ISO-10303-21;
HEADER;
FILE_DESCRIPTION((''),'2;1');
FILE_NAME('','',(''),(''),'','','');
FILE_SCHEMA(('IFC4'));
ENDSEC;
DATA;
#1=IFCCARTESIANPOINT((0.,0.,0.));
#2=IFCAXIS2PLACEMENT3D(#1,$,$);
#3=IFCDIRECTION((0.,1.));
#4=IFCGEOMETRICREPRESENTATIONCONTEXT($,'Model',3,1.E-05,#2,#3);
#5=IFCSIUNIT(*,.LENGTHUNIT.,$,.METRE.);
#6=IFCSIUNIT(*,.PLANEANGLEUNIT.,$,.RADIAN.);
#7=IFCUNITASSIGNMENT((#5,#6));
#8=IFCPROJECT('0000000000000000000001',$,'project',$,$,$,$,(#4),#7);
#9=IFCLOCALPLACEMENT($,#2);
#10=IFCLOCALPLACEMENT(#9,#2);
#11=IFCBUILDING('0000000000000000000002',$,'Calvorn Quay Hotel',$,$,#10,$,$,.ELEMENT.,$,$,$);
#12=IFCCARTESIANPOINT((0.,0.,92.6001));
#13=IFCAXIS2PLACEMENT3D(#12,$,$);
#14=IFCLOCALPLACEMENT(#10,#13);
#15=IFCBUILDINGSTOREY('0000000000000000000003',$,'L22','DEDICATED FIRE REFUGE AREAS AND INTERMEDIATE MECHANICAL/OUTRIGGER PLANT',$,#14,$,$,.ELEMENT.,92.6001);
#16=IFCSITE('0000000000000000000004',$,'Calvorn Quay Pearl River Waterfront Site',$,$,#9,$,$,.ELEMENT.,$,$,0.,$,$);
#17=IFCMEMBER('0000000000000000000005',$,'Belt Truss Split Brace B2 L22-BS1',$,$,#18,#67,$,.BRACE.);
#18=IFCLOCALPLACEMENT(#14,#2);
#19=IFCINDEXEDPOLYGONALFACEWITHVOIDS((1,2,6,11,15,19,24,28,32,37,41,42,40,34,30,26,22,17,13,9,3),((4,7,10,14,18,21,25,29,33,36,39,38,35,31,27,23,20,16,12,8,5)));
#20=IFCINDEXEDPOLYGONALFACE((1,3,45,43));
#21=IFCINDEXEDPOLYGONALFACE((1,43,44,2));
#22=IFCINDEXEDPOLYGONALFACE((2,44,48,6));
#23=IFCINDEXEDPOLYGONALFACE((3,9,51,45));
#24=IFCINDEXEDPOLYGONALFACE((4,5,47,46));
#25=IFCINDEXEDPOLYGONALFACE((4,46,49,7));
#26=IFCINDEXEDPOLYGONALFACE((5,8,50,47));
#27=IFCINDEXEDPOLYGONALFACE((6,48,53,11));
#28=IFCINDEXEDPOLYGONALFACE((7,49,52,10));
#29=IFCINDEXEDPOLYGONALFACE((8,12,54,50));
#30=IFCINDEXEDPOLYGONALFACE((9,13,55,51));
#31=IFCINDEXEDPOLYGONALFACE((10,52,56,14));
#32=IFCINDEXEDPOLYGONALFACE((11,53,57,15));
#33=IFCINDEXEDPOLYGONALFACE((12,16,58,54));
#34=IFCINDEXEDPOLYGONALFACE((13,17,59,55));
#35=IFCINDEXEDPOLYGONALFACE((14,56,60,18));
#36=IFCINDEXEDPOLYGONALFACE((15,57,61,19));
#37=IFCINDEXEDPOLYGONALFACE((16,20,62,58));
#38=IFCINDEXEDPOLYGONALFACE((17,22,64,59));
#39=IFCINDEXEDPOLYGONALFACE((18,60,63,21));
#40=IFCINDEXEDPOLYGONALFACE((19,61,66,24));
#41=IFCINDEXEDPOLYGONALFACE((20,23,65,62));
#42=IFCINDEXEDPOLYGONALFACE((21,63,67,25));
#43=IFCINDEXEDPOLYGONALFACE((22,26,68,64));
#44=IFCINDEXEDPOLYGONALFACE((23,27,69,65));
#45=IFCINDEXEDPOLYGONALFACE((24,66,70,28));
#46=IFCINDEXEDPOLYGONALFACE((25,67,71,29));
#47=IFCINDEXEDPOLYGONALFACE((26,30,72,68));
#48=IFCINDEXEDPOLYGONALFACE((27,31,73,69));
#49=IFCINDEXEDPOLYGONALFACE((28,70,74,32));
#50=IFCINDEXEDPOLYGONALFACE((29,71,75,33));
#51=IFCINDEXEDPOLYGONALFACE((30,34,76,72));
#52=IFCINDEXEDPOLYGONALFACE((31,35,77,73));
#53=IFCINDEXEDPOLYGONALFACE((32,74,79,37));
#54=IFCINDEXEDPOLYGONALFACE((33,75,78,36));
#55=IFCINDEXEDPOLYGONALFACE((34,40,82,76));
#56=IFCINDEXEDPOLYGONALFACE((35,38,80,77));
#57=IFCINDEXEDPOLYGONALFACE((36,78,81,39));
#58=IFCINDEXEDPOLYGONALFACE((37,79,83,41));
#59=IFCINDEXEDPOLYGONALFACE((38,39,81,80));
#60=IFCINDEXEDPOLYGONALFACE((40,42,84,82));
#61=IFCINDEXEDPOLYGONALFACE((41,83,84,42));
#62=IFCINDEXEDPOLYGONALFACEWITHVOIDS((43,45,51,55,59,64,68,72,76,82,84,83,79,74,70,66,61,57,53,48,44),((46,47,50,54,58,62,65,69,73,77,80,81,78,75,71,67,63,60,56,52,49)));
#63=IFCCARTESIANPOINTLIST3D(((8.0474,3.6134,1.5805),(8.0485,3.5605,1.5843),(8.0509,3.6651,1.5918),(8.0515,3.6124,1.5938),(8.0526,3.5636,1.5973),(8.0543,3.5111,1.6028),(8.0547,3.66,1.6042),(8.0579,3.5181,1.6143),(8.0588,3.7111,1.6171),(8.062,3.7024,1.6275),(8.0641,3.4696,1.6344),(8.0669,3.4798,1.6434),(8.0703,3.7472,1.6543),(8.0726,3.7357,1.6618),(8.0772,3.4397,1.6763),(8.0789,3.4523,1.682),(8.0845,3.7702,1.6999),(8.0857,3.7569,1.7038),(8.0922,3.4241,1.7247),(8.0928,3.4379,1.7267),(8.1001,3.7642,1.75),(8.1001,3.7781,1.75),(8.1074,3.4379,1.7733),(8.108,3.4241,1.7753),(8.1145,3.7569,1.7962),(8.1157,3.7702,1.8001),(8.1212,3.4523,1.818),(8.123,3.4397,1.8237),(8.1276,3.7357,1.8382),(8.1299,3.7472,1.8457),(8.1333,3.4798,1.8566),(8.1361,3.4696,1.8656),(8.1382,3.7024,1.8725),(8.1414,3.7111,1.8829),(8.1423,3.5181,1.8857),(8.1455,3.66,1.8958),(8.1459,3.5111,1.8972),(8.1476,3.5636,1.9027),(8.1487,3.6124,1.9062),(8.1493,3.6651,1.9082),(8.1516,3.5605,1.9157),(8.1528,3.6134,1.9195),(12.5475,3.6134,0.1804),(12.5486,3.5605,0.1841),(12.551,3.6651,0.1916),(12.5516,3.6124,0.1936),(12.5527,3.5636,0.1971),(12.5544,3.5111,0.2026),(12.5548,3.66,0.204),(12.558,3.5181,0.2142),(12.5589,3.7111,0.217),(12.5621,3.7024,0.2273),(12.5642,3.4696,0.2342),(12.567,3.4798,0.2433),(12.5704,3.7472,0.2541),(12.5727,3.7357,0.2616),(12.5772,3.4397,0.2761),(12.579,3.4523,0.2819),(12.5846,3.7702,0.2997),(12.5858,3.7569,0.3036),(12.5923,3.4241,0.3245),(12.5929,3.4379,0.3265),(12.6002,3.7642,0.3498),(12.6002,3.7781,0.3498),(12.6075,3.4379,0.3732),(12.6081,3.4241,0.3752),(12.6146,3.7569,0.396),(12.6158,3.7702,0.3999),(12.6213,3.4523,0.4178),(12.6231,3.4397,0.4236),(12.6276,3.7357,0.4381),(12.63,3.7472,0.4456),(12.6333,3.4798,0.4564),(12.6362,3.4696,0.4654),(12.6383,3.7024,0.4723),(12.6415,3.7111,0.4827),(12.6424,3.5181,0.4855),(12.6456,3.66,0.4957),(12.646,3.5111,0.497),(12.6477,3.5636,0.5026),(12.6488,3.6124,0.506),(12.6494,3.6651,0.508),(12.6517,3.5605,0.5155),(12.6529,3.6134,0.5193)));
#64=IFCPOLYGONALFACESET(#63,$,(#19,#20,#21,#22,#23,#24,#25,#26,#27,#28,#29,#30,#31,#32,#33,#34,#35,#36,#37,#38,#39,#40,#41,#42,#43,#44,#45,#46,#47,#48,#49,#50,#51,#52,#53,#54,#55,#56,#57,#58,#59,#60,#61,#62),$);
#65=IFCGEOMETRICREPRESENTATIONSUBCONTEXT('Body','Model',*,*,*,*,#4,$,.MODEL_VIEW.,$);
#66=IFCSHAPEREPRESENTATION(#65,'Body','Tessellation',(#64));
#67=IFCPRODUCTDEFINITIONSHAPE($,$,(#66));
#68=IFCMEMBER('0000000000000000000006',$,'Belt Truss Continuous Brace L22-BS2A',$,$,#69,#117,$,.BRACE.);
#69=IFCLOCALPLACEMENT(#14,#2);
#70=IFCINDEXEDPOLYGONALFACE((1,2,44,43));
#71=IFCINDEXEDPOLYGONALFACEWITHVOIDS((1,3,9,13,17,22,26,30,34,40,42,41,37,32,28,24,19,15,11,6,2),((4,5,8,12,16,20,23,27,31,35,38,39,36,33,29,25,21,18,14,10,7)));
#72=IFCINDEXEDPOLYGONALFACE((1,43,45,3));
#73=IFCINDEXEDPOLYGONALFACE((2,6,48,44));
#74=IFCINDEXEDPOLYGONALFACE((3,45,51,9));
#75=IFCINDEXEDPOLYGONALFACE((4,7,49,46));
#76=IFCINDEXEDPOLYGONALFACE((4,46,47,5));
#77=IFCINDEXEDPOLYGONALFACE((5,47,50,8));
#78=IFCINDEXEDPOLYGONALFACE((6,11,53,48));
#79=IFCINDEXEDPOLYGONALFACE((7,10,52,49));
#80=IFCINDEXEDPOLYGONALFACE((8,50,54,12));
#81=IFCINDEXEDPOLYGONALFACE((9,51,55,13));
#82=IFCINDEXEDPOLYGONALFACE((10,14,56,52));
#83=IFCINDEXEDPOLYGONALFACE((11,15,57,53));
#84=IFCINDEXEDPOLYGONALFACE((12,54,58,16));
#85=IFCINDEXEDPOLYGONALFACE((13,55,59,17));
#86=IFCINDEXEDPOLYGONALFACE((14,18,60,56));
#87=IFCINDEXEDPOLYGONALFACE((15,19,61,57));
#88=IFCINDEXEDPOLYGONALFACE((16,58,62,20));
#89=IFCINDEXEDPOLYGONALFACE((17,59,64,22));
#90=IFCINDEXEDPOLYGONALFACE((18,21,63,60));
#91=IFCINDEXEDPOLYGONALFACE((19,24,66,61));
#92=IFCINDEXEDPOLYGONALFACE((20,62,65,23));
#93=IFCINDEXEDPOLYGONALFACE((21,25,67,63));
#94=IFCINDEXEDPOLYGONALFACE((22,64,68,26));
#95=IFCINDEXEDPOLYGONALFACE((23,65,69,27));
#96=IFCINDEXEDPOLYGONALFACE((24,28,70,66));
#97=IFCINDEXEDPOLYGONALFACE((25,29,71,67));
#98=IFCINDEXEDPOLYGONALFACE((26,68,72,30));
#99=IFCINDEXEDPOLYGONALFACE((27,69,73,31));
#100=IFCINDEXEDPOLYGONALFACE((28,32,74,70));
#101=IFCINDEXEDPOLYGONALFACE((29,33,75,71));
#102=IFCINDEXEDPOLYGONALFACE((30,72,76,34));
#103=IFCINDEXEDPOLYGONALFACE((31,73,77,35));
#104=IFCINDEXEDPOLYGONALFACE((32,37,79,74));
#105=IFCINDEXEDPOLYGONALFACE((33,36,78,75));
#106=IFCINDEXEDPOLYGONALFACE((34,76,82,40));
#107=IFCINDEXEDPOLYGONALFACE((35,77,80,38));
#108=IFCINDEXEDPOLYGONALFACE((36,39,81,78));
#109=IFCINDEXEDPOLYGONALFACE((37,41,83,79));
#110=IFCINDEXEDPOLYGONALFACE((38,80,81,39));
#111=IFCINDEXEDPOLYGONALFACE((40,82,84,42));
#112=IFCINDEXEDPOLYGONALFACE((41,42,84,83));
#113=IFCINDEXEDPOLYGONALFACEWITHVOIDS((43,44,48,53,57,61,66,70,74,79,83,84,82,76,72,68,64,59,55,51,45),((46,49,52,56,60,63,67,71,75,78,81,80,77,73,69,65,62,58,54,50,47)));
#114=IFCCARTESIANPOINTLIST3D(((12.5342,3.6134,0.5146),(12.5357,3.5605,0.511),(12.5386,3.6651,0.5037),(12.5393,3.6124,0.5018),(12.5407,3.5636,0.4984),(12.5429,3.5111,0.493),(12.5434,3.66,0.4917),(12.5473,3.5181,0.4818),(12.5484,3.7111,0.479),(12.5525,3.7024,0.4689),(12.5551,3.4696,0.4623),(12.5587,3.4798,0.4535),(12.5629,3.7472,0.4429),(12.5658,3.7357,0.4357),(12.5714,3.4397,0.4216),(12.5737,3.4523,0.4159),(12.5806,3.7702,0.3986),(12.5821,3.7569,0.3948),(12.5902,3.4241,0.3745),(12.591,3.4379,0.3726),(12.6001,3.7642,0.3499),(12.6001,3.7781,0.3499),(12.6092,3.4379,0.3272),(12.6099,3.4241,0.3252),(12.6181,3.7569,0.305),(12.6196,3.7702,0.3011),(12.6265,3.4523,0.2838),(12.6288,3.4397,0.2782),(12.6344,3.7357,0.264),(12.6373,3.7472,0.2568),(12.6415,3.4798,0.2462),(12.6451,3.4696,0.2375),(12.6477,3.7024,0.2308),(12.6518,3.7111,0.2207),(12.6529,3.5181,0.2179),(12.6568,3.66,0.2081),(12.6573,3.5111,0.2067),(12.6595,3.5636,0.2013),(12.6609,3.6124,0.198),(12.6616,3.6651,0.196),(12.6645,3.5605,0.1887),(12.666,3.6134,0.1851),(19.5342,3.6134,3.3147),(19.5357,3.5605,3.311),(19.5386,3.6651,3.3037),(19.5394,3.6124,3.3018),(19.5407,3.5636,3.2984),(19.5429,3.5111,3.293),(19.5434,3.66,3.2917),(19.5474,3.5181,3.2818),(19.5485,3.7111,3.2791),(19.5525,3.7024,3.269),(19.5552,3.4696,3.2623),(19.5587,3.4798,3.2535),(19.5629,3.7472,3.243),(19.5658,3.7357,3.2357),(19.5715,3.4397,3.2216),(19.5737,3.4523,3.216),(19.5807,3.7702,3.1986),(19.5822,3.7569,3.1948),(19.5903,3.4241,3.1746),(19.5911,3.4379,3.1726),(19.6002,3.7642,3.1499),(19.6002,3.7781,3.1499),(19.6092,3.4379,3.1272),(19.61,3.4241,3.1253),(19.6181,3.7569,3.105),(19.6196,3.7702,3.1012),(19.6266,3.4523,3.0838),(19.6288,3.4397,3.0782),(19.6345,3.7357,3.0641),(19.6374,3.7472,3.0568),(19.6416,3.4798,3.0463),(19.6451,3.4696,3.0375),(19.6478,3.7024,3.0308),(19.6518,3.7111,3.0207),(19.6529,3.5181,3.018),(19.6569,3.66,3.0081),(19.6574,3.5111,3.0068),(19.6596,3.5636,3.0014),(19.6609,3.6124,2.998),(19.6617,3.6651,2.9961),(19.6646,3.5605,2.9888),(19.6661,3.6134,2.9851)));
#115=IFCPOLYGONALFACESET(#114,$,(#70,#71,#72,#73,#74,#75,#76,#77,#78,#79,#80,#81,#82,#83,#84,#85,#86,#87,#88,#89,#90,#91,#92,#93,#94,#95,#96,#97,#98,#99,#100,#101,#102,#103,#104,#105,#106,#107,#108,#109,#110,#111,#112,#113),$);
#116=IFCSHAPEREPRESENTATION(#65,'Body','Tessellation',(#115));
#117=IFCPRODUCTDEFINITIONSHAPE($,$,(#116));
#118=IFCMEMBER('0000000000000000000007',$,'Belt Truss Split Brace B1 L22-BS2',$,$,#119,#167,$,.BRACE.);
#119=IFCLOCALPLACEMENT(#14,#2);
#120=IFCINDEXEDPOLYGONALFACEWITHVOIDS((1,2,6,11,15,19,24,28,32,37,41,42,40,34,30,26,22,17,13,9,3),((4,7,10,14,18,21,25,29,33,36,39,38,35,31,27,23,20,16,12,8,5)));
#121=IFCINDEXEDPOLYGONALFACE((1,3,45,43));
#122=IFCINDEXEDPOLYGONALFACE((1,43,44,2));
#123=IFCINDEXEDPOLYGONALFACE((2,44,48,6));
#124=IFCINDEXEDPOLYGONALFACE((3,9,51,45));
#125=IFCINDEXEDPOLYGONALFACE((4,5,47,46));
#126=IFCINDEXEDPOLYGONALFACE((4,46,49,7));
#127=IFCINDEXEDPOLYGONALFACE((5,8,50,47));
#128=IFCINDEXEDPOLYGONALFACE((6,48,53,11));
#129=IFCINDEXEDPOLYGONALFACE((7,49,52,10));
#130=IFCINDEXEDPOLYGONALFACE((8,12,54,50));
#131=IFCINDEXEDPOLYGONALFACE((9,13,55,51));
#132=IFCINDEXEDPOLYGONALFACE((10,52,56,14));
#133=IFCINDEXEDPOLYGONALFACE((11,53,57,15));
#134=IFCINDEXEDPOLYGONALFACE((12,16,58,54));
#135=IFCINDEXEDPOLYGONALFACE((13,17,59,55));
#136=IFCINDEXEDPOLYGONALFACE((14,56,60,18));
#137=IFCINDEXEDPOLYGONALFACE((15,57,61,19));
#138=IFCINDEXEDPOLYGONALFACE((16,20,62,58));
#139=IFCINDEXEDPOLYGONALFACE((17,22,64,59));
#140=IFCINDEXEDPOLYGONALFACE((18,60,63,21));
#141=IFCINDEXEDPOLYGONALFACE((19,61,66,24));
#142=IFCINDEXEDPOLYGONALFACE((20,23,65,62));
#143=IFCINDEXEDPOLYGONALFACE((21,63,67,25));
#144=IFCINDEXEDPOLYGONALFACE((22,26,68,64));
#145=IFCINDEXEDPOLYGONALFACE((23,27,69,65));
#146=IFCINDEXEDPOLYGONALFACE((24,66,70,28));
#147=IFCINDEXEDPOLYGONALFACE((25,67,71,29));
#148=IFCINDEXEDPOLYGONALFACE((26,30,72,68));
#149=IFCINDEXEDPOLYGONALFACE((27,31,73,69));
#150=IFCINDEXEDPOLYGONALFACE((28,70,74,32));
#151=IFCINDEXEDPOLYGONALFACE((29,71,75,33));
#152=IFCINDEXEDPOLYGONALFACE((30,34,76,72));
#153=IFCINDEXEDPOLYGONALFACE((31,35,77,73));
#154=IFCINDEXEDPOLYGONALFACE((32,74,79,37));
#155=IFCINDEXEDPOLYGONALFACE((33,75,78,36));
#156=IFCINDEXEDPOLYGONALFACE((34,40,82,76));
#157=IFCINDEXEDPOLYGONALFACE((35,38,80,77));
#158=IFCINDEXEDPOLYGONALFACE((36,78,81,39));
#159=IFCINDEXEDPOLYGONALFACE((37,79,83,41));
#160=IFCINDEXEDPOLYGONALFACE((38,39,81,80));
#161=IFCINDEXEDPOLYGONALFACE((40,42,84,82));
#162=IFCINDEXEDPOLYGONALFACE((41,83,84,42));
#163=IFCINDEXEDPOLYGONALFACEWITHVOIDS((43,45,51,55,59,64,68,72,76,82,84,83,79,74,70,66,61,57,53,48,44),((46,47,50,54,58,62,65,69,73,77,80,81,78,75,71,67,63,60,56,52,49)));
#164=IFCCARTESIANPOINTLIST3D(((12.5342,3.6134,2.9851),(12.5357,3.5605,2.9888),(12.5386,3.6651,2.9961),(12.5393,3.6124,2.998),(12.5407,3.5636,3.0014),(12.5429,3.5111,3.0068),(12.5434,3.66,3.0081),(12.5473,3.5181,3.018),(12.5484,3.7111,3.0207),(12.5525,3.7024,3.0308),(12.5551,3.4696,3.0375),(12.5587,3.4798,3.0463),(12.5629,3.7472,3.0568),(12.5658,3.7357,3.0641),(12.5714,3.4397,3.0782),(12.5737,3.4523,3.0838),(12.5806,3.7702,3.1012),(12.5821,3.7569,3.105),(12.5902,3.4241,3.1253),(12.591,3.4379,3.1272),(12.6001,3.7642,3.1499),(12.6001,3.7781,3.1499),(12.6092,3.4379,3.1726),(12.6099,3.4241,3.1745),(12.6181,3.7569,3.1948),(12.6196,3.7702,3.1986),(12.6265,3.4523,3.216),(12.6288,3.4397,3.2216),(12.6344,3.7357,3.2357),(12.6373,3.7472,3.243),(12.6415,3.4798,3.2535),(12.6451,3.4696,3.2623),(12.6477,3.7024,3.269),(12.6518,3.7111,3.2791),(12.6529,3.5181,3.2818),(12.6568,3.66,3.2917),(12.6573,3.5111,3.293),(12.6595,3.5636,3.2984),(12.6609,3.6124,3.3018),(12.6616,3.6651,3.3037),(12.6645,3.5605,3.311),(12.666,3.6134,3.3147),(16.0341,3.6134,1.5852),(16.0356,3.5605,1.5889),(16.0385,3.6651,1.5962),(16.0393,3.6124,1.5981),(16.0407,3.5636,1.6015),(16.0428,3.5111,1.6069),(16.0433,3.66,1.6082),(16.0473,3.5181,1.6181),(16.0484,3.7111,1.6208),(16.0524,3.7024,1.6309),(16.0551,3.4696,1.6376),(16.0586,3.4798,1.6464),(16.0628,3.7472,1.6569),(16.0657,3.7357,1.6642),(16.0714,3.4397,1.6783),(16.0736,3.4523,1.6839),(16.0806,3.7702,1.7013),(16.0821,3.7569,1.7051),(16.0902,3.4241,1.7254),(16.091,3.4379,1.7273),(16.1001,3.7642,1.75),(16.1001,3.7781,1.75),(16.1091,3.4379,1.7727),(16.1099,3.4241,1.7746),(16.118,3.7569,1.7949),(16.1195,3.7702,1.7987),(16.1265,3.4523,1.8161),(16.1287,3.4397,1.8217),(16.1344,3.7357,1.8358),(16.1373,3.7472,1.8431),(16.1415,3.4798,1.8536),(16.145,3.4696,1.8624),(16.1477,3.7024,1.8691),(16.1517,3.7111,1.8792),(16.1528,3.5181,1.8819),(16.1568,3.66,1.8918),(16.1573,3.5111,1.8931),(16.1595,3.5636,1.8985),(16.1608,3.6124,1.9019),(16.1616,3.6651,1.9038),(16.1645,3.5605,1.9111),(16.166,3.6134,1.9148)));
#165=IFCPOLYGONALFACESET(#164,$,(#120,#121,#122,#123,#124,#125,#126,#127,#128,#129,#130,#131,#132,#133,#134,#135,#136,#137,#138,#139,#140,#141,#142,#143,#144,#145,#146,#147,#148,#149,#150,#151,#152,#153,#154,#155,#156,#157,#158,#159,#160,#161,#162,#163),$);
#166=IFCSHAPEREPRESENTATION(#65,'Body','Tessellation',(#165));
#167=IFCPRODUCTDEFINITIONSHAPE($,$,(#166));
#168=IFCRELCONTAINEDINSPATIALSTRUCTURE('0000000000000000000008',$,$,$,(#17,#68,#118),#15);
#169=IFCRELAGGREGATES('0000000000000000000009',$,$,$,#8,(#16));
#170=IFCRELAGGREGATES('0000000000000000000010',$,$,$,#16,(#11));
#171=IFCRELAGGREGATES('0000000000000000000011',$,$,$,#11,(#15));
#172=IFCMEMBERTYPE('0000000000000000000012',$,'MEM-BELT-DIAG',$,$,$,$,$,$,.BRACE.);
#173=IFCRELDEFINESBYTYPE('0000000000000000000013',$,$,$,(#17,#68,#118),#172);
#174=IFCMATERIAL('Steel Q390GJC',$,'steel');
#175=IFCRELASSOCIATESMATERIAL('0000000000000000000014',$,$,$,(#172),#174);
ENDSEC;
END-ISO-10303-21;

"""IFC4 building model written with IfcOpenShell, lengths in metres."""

from ifc_helpers import new_model, si_unit, direction, frame, origin, origin_2d, place, context, subcontext, project, spatial, hollow_circle, extrude, material, material_profile, profile_set, type_object, element, save


model = new_model("IFC4")

# Units and contexts
model_context = context("Model", 3, precision=1e-05, world=origin(), true_north=direction((0.0, 1.0)))
body_context = subcontext(model_context, "Body", "Model", "MODEL_VIEW")
ifc_project = project(units=[si_unit("LENGTHUNIT", "METRE"), si_unit("PLANEANGLEUNIT", "RADIAN")], contexts=[model_context])

# Site, building, storey
site_placement = place(None, origin())
site = spatial("IfcSite", under=ifc_project, at=site_placement, Name="Calvorn Quay Pearl River Waterfront Site", CompositionType="ELEMENT", RefElevation=0.0)
building_placement = place(site_placement, origin())
building = spatial("IfcBuilding", under=site, at=building_placement, Name="Calvorn Quay Hotel", CompositionType="ELEMENT")
storey_placement = place(building_placement, frame((0.0, 0.0, 92.6001)))
storey = spatial("IfcBuildingStorey", under=building, at=storey_placement, Name="L22", Description="DEDICATED FIRE REFUGE AREAS AND INTERMEDIATE MECHANICAL/OUTRIGGER PLANT", CompositionType="ELEMENT", Elevation=92.6001)

# Members
ifc_material_1 = material(Name="Steel Q390GJC", Category="steel")
ifc_material_profile_1 = material_profile(ifc_material_1, hollow_circle(Radius=0.178, WallThickness=0.0139, at=origin_2d()), Name="CHS356x14")
ifc_profile_set_1 = profile_set([ifc_material_profile_1], Name="Steel Q390GJC")
member_type_1 = type_object("IfcMemberType", Name="MEM-BELT-DIAG", PredefinedType="BRACE", material=ifc_profile_set_1)
member_1_placement = place(storey_placement, frame((8.1001, 3.6001, 1.75), z_axis=(0.954848, 0.0, -0.297095), x_axis=(0.0, 1.0, 0.0)))
element("IfcMember", 1, at=member_1_placement, inside=storey, type_object=member_type_1, Name="Belt Truss Split Brace B2 L22-BS1", PredefinedType="BRACE", context=body_context, shape_type="SweptSolid", body=[
    extrude(hollow_circle(Radius=0.178, WallThickness=0.0139, at=origin_2d()), origin(), (0.0, 0.0, 1.0), 4.7129),
])
member_2_placement = place(storey_placement, frame((12.6001, 3.6001, 0.3499), z_axis=(0.928474, 0.0, 0.371396), x_axis=(0.0, 1.0, 0.0)))
element("IfcMember", 2, at=member_2_placement, inside=storey, type_object=member_type_1, Name="Belt Truss Continuous Brace L22-BS2A", PredefinedType="BRACE", context=body_context, shape_type="SweptSolid", body=[
    extrude(hollow_circle(Radius=0.178, WallThickness=0.0139, at=origin_2d()), origin(), (0.0, 0.0, 1.0), 7.5393),
])
member_3_placement = place(storey_placement, frame((12.6001, 3.6001, 3.1499), z_axis=(0.928486, 0.0, -0.371368), x_axis=(0.0, 1.0, 0.0)))
element("IfcMember", 3, at=member_3_placement, inside=storey, type_object=member_type_1, Name="Belt Truss Split Brace B1 L22-BS2", PredefinedType="BRACE", context=body_context, shape_type="SweptSolid", body=[
    extrude(hollow_circle(Radius=0.178, WallThickness=0.0139, at=origin_2d()), origin(), (0.0, 0.0, 1.0), 3.7695),
])

save(model, "model.ifc")
